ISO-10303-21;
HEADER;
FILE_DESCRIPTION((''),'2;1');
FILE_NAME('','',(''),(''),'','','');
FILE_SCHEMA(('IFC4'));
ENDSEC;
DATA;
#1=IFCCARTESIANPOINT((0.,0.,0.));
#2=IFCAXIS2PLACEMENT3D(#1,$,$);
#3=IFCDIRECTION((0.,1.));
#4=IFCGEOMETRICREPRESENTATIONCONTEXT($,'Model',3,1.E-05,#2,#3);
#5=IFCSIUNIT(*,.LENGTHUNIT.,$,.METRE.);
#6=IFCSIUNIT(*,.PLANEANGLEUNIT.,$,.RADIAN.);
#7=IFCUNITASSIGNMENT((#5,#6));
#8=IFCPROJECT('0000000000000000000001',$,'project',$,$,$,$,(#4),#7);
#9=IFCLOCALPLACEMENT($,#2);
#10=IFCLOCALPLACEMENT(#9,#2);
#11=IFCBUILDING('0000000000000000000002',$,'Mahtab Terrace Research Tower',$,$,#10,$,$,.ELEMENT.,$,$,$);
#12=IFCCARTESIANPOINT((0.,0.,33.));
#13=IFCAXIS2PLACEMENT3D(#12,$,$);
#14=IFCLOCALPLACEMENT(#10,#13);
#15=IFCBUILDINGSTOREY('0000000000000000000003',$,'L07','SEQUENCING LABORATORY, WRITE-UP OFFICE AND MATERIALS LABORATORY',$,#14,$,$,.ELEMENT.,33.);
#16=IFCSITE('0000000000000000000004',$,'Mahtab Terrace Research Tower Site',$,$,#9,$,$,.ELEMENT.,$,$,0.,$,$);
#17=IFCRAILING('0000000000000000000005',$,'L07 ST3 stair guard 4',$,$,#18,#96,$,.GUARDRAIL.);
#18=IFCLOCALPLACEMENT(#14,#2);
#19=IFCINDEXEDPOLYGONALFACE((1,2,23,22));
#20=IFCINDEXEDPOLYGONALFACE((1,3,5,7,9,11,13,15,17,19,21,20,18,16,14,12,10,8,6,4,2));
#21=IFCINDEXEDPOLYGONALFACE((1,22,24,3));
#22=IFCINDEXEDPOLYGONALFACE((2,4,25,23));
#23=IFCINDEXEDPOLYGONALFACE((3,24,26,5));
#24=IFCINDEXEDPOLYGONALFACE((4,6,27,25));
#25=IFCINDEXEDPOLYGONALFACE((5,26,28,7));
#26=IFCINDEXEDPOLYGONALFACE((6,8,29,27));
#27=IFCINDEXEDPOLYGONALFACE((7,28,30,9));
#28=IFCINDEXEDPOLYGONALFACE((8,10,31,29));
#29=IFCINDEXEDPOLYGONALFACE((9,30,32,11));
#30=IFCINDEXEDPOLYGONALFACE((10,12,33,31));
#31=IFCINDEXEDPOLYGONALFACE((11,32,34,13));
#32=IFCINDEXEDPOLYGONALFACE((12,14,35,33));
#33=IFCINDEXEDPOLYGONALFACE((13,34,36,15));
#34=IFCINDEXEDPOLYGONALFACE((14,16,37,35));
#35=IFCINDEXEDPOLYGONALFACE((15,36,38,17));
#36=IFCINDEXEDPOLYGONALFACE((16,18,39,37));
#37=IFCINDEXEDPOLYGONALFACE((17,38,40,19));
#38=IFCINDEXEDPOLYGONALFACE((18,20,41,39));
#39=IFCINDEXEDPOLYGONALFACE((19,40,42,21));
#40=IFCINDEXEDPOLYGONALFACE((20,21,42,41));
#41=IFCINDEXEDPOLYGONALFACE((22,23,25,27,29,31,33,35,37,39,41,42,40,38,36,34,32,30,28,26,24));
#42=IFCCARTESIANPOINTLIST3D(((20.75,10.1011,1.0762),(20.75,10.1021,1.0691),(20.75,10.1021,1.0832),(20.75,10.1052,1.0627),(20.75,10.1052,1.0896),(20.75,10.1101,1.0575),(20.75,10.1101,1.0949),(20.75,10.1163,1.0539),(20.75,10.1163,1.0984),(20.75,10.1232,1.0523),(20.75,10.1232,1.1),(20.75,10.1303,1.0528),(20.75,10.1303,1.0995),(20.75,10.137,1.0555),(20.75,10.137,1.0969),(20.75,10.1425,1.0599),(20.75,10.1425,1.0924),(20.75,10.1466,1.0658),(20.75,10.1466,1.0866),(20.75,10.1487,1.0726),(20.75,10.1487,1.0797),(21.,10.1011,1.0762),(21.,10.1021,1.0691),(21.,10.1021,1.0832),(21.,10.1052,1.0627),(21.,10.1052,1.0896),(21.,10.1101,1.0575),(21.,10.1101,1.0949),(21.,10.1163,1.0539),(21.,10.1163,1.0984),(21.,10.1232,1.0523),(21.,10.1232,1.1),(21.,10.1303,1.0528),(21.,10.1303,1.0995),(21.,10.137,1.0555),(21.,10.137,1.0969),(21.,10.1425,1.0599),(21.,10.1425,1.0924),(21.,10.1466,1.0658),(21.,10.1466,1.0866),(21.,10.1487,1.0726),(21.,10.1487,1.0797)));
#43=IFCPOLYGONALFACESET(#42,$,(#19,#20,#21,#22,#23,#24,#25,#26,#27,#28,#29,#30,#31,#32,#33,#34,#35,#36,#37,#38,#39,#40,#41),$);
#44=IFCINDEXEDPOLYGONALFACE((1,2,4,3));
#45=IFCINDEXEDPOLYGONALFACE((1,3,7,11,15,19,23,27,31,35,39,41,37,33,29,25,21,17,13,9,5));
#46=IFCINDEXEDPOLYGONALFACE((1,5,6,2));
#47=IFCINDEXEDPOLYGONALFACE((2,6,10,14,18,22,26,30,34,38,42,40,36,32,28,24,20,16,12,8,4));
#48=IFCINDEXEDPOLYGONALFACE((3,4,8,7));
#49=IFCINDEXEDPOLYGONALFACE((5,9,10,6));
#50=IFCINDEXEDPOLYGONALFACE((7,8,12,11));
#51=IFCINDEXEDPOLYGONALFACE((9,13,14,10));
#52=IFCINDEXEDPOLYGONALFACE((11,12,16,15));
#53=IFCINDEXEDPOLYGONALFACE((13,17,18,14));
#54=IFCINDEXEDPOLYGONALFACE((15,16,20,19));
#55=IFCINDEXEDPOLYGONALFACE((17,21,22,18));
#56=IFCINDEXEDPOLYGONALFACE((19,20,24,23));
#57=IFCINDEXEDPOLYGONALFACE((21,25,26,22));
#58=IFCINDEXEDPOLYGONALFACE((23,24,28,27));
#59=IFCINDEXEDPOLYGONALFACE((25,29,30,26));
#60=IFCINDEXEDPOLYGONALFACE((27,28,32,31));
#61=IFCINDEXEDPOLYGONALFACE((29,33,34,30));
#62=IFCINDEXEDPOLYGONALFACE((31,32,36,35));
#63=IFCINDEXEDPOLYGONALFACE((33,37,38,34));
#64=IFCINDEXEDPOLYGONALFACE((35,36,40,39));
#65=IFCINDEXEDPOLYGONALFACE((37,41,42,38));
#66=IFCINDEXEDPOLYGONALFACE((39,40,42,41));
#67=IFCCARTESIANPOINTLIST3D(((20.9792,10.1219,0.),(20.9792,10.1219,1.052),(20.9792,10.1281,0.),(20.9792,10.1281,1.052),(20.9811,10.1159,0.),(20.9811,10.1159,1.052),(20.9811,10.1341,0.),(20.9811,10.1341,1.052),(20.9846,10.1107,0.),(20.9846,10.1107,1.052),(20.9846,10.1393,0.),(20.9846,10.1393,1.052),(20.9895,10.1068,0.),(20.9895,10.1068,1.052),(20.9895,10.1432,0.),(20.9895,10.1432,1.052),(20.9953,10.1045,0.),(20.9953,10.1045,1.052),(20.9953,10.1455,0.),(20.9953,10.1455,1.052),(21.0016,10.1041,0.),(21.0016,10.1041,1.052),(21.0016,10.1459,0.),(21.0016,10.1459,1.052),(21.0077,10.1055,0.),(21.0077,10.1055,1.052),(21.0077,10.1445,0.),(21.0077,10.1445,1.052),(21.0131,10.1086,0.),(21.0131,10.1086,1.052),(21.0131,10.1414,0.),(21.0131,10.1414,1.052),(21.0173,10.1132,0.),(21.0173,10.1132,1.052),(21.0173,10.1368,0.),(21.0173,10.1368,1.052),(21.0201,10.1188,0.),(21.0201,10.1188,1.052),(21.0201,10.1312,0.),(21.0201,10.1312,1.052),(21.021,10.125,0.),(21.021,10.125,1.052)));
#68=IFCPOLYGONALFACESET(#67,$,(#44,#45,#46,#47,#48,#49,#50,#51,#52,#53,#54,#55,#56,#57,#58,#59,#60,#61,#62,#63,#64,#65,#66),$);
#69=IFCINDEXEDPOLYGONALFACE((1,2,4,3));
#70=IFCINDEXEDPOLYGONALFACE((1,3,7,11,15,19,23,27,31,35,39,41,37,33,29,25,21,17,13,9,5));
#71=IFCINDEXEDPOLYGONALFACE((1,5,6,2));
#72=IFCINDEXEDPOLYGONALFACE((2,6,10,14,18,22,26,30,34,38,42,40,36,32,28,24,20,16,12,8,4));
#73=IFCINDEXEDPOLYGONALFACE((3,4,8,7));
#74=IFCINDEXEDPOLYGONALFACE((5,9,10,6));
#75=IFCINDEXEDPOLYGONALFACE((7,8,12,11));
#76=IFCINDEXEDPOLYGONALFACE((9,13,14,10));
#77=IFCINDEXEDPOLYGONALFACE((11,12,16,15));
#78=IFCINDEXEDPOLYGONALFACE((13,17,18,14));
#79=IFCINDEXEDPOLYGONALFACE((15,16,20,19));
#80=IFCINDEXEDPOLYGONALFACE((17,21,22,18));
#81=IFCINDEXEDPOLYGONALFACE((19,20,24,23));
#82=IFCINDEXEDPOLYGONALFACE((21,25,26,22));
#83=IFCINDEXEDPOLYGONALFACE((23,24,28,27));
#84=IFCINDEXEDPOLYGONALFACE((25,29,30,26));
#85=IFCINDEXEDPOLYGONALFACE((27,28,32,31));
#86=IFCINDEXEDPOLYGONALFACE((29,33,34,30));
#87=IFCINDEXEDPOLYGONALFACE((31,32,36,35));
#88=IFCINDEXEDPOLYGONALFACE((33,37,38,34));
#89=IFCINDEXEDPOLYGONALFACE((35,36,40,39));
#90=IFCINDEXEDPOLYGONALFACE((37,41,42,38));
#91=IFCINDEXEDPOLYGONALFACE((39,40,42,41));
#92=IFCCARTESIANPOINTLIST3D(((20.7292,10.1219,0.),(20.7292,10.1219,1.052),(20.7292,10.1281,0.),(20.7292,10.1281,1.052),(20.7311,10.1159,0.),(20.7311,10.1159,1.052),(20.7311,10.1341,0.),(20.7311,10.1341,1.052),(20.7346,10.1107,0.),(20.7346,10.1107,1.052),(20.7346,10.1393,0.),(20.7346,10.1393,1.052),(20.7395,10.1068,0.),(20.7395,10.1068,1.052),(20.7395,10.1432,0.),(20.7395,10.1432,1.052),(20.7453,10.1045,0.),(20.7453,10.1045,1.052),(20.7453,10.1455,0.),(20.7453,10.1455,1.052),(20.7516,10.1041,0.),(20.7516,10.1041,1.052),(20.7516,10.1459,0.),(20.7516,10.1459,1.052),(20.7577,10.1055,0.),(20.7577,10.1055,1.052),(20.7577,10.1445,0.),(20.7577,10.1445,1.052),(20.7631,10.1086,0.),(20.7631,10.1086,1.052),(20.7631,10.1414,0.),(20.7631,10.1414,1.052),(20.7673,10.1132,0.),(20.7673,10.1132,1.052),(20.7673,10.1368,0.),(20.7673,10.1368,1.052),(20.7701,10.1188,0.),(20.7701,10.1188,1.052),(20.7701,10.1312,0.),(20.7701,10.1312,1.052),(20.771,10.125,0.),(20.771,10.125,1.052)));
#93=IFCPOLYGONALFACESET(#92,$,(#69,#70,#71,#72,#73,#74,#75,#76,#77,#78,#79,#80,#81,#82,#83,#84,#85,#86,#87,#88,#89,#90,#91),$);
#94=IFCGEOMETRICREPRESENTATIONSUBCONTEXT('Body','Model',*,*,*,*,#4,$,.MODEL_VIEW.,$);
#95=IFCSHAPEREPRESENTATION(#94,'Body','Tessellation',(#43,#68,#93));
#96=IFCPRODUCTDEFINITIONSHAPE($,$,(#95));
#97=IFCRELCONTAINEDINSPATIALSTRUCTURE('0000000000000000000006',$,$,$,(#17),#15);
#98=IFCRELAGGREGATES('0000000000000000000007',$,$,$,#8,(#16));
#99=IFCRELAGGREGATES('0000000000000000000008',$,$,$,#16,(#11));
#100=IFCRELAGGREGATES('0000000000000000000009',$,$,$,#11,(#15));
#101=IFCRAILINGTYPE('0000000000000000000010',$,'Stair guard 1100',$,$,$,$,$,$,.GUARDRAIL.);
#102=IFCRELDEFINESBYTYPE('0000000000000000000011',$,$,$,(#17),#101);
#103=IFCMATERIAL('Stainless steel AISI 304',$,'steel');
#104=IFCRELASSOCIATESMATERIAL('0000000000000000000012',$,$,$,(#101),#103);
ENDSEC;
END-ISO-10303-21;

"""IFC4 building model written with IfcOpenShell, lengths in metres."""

from ifc_helpers import new_model, si_unit, direction, frame, origin, origin_2d, place, context, subcontext, project, spatial, circle, extrude, material, type_object, element, save


model = new_model("IFC4")

# Units and contexts
model_context = context("Model", 3, precision=1e-05, world=origin(), true_north=direction((0.0, 1.0)))
body_context = subcontext(model_context, "Body", "Model", "MODEL_VIEW")
ifc_project = project(units=[si_unit("LENGTHUNIT", "METRE"), si_unit("PLANEANGLEUNIT", "RADIAN")], contexts=[model_context])

# Site, building, storey
site_placement = place(None, origin())
site = spatial("IfcSite", under=ifc_project, at=site_placement, Name="Mahtab Terrace Research Tower Site", CompositionType="ELEMENT", RefElevation=0.0)
building_placement = place(site_placement, origin())
building = spatial("IfcBuilding", under=site, at=building_placement, Name="Mahtab Terrace Research Tower", CompositionType="ELEMENT")
storey_placement = place(building_placement, frame((0.0, 0.0, 33.0)))
storey = spatial("IfcBuildingStorey", under=building, at=storey_placement, Name="L07", Description="SEQUENCING LABORATORY, WRITE-UP OFFICE AND MATERIALS LABORATORY", CompositionType="ELEMENT", Elevation=33.0)

# Shared definitions
ifc_material_1 = material(Name="Stainless steel AISI 304", Category="steel")

# Railing
railing_type_1 = type_object("IfcRailingType", Name="Stair guard 1100", PredefinedType="GUARDRAIL", material=ifc_material_1)
railing_1_placement = place(storey_placement, frame((21.0, 10.125, 0.0)))
element("IfcRailing", 1, at=railing_1_placement, inside=storey, type_object=railing_type_1, Name="L07 ST3 stair guard 4", PredefinedType="GUARDRAIL", context=body_context, shape_type="SweptSolid", body=[
    extrude(circle(Radius=0.0239, at=origin_2d()), frame((0.0, 0.0, 1.0762), z_axis=(-1.0, 0.0, 0.0), x_axis=(0.0, -1.0, 0.0)), (0.0, 0.0, 1.0), 0.25),
    extrude(circle(Radius=0.021, at=origin_2d()), origin(), (0.0, 0.0, 1.0), 1.052),
    extrude(circle(Radius=0.021, at=origin_2d()), frame((-0.25, 0.0, 0.0)), (0.0, 0.0, 1.0), 1.052),
])

save(model, "model.ifc")
